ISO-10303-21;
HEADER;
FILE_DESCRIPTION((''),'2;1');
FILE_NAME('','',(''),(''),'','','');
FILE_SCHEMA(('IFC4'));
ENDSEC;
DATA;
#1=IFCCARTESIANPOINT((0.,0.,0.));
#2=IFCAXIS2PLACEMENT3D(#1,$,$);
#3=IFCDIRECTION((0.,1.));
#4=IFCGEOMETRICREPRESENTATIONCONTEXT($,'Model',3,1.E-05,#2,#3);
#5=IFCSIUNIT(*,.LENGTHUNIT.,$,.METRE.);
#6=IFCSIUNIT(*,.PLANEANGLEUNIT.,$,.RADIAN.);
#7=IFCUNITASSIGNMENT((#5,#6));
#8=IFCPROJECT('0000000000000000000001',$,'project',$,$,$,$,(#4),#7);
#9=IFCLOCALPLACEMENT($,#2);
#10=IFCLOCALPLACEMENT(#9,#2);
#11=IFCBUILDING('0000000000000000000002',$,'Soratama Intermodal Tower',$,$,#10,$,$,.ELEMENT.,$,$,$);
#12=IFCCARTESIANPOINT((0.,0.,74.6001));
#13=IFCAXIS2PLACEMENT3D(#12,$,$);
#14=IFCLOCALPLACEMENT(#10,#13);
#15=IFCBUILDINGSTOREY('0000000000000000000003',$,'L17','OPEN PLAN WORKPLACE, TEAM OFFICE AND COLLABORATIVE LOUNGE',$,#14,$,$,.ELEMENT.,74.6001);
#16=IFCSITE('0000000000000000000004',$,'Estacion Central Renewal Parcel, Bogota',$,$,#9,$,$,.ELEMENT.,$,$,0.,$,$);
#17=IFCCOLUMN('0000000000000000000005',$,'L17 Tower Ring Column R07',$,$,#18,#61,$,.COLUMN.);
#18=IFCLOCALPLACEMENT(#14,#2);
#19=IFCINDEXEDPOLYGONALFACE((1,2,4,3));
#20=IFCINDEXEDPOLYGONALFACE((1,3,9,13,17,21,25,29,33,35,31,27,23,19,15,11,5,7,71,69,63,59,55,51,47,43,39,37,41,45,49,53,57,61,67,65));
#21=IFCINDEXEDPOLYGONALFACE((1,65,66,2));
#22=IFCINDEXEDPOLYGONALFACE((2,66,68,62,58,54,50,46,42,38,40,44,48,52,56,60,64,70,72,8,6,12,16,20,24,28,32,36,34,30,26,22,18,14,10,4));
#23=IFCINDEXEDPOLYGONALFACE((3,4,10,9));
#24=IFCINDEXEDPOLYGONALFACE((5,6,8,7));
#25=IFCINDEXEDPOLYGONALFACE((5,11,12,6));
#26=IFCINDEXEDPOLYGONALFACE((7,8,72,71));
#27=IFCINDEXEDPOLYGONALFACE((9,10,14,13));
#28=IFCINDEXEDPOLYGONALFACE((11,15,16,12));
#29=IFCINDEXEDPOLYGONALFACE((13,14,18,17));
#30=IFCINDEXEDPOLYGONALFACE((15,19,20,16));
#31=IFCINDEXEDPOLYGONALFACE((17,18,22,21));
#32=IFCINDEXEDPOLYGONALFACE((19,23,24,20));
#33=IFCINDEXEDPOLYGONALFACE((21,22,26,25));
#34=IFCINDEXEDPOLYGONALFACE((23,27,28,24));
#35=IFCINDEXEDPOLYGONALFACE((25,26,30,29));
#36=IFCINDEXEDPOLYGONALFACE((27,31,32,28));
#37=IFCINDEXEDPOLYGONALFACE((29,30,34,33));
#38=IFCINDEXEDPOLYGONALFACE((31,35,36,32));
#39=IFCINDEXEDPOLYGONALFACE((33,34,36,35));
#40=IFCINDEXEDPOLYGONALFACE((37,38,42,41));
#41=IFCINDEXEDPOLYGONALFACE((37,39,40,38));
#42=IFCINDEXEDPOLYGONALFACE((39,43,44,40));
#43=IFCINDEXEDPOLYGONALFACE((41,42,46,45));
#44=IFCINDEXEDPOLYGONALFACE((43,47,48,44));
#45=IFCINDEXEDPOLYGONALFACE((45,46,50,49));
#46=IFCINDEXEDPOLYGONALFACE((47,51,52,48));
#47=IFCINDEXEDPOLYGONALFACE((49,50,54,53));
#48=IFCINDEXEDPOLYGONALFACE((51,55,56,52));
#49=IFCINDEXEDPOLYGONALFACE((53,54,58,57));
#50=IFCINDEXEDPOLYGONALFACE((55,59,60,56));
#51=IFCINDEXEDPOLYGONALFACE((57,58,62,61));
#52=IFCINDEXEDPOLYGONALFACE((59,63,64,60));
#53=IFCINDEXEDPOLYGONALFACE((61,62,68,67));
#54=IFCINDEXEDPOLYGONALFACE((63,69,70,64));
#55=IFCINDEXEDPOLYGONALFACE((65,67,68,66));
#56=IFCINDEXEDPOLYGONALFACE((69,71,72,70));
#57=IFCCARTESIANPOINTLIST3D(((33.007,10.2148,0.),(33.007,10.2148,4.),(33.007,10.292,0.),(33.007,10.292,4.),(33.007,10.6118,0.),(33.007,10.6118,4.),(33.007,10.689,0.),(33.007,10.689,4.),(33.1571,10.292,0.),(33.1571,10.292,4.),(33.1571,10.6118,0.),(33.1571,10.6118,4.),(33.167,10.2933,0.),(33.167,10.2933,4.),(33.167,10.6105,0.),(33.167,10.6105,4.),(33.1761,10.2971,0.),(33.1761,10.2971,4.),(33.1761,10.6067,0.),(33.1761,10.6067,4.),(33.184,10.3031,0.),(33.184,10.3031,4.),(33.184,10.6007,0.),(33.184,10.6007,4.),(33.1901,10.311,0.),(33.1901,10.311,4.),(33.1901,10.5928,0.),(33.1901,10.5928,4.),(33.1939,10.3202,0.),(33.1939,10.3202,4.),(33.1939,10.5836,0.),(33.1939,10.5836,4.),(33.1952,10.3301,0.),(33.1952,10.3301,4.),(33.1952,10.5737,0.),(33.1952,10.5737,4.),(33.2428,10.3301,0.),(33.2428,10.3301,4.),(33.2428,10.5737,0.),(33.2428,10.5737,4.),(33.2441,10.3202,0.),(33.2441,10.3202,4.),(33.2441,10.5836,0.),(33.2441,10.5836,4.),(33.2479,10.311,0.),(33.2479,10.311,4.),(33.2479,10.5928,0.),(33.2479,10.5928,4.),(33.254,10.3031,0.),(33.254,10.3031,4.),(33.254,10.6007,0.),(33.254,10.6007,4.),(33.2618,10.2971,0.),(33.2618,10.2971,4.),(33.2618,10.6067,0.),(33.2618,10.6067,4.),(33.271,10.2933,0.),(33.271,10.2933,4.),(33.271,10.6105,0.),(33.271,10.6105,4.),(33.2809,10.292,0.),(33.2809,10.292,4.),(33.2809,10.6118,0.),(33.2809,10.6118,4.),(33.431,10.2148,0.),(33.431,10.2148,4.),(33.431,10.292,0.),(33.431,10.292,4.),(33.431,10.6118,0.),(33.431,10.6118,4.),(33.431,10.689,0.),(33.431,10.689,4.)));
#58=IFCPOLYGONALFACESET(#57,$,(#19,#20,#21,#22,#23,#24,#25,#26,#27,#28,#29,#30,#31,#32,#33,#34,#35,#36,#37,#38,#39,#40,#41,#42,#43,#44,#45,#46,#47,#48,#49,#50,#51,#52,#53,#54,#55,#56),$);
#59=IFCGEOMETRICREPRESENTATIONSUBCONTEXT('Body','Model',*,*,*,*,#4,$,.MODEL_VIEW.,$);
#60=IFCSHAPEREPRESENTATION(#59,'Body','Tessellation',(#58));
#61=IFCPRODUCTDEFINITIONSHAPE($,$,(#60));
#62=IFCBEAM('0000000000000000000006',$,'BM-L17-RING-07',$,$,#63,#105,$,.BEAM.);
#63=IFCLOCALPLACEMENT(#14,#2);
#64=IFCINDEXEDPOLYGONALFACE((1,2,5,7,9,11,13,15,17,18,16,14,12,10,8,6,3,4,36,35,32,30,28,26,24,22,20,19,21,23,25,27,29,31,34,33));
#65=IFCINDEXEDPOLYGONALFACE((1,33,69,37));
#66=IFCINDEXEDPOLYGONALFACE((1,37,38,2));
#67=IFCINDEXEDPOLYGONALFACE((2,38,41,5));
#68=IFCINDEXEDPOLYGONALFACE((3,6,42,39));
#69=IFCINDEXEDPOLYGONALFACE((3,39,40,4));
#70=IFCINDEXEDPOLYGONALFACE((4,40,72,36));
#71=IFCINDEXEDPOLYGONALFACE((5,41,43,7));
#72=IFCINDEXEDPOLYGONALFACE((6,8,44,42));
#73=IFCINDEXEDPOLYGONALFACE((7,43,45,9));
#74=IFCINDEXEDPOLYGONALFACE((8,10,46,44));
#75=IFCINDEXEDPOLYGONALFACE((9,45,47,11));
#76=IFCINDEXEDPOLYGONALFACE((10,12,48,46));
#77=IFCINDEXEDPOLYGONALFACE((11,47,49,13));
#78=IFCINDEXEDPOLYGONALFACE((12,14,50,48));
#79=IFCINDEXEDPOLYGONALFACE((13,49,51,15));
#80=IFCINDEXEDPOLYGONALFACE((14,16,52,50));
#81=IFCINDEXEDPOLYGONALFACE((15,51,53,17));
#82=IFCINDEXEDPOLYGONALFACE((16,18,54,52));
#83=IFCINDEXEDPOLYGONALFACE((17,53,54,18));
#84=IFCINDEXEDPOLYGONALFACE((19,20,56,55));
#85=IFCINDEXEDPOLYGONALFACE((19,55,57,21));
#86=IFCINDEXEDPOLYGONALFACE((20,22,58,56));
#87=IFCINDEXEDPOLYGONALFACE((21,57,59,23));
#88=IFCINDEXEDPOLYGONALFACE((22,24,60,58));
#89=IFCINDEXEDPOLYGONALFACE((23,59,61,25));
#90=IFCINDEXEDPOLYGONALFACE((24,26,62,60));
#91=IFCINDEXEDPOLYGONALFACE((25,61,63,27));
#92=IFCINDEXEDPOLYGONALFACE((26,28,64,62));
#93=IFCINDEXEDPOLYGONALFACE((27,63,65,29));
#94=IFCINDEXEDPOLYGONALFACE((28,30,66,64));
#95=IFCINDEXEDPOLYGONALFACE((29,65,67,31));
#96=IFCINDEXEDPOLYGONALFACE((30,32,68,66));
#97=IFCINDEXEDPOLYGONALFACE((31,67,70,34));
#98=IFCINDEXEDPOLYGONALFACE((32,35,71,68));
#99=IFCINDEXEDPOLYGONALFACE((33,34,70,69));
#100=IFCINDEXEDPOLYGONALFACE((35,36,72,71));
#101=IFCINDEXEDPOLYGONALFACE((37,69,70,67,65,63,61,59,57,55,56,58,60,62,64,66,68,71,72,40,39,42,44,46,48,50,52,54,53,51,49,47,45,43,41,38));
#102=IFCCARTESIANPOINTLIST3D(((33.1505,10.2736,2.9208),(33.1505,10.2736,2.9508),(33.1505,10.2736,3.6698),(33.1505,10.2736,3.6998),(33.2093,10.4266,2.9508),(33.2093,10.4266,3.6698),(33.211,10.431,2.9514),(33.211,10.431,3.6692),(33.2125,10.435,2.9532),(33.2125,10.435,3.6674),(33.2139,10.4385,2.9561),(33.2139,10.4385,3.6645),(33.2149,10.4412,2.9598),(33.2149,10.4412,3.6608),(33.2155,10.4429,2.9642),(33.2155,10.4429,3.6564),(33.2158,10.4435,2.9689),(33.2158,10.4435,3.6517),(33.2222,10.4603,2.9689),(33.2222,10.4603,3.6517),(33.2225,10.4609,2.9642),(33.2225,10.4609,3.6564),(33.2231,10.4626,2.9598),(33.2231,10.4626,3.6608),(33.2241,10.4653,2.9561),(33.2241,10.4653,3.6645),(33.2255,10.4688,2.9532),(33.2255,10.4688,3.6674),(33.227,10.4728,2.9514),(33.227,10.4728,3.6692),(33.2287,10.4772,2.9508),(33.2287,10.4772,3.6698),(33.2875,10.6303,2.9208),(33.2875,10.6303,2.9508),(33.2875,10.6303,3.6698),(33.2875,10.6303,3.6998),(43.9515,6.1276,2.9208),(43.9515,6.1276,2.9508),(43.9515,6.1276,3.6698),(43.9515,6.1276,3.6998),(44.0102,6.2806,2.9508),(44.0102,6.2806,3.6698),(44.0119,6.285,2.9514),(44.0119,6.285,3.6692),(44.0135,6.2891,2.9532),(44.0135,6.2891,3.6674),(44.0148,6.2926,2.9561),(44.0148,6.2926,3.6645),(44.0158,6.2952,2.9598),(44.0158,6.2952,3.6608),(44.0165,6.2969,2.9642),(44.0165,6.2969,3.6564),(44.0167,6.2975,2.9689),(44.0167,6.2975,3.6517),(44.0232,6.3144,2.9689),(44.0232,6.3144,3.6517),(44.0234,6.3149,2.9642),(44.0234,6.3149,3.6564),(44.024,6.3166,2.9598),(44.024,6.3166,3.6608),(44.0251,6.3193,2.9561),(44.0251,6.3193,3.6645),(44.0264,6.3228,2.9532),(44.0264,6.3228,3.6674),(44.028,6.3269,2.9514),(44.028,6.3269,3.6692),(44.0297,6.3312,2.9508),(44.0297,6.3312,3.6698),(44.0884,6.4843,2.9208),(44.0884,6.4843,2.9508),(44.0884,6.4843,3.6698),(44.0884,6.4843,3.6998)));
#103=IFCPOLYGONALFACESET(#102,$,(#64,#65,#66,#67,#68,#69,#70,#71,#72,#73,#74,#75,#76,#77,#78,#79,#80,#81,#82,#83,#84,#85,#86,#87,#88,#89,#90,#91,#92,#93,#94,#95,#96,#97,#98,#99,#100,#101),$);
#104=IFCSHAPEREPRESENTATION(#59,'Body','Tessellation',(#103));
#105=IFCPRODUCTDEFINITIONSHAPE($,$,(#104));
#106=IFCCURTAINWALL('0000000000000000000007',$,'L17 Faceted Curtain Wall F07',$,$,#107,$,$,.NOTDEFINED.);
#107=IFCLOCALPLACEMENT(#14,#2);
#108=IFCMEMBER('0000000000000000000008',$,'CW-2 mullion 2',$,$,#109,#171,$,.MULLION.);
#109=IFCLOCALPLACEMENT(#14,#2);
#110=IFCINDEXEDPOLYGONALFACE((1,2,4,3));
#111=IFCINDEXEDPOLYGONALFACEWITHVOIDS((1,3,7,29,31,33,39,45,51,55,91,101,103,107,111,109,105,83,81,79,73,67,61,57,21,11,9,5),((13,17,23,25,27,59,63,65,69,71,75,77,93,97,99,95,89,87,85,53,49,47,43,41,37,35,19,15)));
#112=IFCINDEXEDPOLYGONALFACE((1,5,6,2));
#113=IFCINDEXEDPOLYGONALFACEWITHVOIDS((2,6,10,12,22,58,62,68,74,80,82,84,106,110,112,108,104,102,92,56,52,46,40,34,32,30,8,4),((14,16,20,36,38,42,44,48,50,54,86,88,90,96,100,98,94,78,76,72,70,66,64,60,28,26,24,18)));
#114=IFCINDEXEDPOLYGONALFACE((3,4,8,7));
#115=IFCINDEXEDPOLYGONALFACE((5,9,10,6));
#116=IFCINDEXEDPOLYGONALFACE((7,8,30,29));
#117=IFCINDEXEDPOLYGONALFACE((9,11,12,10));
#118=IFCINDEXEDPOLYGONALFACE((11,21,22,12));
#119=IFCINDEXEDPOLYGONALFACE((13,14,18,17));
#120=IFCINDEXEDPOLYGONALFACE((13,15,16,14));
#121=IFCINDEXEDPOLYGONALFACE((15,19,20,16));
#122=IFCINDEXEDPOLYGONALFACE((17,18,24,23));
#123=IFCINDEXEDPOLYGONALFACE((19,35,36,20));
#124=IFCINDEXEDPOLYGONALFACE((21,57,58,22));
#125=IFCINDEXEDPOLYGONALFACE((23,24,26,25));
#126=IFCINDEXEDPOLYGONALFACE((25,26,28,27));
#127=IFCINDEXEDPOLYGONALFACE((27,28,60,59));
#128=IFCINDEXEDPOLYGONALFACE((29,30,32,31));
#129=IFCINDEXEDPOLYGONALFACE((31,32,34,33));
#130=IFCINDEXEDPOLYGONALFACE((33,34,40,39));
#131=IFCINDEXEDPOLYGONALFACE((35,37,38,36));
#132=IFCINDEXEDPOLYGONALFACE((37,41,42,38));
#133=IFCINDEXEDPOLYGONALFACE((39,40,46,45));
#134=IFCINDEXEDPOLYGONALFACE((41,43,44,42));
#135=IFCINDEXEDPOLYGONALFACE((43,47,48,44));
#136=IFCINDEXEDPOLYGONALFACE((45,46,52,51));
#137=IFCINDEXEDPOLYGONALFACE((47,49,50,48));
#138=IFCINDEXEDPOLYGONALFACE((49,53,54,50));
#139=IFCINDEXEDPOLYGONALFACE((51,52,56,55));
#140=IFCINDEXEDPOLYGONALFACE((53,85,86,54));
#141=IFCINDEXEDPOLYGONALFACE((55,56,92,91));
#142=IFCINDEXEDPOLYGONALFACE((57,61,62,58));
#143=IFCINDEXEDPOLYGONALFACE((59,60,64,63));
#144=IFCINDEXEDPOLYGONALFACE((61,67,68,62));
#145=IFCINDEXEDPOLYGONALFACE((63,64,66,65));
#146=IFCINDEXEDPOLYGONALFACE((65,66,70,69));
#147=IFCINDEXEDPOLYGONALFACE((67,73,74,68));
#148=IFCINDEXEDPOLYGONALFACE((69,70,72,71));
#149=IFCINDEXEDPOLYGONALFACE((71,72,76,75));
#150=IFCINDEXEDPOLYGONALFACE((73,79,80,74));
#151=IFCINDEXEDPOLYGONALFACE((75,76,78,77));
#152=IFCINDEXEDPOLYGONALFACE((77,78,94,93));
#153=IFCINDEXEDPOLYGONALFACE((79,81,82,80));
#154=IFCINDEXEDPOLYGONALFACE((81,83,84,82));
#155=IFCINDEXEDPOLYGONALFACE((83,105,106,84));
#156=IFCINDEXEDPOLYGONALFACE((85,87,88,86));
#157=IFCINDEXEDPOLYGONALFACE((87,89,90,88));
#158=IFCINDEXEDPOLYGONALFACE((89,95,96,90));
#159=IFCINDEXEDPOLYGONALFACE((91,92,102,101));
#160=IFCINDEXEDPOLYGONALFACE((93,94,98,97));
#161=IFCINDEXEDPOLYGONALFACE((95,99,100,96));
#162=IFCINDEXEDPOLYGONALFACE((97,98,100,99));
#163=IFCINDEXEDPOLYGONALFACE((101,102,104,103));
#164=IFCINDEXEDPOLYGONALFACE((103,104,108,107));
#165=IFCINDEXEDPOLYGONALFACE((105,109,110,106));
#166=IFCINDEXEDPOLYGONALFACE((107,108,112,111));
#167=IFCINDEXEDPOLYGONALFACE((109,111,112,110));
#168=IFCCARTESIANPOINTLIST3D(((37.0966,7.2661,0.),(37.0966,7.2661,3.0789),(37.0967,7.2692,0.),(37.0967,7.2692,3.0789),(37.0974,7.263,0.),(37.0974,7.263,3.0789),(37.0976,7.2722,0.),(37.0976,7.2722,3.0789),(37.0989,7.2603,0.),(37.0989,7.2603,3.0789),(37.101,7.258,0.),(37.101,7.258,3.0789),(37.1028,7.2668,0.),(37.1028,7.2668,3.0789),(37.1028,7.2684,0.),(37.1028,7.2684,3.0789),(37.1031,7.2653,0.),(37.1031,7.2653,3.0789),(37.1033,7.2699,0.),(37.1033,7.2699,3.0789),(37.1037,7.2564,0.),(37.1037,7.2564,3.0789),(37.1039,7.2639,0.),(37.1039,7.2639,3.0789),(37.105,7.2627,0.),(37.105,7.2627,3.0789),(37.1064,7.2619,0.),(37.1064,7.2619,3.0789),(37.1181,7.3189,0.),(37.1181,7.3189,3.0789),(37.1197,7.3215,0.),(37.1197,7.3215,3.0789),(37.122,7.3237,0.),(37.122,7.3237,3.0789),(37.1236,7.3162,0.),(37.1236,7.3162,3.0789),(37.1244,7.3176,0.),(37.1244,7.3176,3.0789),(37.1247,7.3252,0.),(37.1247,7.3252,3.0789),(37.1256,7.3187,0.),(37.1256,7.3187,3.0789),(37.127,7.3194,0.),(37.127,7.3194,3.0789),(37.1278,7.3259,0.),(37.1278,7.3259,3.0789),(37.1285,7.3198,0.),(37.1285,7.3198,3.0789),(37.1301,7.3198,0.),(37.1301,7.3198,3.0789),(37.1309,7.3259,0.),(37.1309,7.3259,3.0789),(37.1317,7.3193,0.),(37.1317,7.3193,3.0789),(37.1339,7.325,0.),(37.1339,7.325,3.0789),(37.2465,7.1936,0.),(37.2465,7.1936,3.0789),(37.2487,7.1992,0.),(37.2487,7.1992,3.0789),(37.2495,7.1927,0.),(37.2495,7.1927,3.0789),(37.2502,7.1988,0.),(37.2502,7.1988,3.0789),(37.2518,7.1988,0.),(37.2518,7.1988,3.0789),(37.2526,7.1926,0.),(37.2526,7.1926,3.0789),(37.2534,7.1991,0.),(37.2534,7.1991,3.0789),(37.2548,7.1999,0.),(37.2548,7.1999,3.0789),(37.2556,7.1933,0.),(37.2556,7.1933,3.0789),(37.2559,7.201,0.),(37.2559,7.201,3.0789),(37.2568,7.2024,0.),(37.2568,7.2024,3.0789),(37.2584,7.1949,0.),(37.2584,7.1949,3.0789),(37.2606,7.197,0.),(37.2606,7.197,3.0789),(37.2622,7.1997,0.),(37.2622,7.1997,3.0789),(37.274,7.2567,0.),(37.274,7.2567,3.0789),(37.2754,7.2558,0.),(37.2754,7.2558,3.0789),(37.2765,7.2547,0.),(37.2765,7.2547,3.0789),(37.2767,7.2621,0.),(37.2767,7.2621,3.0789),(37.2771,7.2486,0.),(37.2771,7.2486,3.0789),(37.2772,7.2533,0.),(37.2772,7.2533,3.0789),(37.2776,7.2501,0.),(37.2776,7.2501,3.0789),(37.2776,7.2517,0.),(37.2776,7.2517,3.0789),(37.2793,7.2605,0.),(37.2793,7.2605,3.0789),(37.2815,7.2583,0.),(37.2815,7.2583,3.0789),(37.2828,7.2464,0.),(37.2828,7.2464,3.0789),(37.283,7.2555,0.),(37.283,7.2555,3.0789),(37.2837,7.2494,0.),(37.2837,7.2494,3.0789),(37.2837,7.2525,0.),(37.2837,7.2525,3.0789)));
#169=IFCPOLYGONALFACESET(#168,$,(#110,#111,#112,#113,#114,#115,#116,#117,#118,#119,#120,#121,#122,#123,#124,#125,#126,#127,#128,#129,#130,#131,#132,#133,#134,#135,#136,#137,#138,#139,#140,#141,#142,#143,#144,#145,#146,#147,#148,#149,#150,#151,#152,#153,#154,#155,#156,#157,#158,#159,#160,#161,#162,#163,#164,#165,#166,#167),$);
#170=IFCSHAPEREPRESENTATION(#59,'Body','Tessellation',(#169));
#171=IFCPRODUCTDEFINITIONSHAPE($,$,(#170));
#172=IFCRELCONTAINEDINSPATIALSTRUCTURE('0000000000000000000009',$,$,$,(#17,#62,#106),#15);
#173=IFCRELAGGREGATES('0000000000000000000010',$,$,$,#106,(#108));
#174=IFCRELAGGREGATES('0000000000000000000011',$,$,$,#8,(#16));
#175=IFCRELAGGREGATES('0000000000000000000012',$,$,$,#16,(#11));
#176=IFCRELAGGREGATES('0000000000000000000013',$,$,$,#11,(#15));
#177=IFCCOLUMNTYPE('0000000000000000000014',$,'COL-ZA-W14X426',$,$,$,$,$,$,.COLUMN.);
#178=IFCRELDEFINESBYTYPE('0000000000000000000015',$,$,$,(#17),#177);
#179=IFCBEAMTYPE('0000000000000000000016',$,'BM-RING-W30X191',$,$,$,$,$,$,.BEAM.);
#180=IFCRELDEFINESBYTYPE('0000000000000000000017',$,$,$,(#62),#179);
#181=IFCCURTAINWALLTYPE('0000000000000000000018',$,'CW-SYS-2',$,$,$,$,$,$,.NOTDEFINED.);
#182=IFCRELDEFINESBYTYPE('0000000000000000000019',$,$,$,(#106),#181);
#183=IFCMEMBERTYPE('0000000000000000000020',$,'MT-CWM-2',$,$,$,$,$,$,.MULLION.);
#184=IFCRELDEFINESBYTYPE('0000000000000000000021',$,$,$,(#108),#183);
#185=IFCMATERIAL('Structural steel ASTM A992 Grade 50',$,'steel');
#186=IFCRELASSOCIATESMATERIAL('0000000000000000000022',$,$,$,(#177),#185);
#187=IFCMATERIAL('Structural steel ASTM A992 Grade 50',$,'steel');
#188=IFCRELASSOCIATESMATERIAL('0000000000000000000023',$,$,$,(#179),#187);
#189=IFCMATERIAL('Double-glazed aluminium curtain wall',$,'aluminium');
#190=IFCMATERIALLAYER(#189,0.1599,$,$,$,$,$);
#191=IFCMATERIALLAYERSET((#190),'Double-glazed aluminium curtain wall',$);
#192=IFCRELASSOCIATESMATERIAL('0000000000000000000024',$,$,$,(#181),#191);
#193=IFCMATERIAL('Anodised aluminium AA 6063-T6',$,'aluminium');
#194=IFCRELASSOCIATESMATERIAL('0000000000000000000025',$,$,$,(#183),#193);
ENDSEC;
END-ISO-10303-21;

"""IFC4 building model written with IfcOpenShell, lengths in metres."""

from ifc_helpers import new_model, si_unit, direction, frame, origin, origin_2d, place, context, subcontext, project, spatial, hollow_rectangle, i_section, extrude, material, layer, layer_set, material_profile, profile_set, type_object, element, aggregate, save


model = new_model("IFC4")

# Units and contexts
model_context = context("Model", 3, precision=1e-05, world=origin(), true_north=direction((0.0, 1.0)))
body_context = subcontext(model_context, "Body", "Model", "MODEL_VIEW")
ifc_project = project(units=[si_unit("LENGTHUNIT", "METRE"), si_unit("PLANEANGLEUNIT", "RADIAN")], contexts=[model_context])

# Site, building, storey
site_placement = place(None, origin())
site = spatial("IfcSite", under=ifc_project, at=site_placement, Name="Estacion Central Renewal Parcel, Bogota", CompositionType="ELEMENT", RefElevation=0.0)
building_placement = place(site_placement, origin())
building = spatial("IfcBuilding", under=site, at=building_placement, Name="Soratama Intermodal Tower", CompositionType="ELEMENT")
storey_placement = place(building_placement, frame((0.0, 0.0, 74.6001)))
storey = spatial("IfcBuildingStorey", under=building, at=storey_placement, Name="L17", Description="OPEN PLAN WORKPLACE, TEAM OFFICE AND COLLABORATIVE LOUNGE", CompositionType="ELEMENT", Elevation=74.6001)

# Column
ifc_material_1 = material(Name="Structural steel ASTM A992 Grade 50", Category="steel")
ifc_material_profile_1 = material_profile(ifc_material_1, i_section(OverallWidth=0.4241, OverallDepth=0.4741, WebThickness=0.0476, FlangeThickness=0.0771, FilletRadius=0.0381, at=origin_2d()), Name="W14X426")
ifc_profile_set_1 = profile_set([ifc_material_profile_1], Name="Structural steel ASTM A992 Grade 50")
column_type = type_object("IfcColumnType", Name="COL-ZA-W14X426", PredefinedType="COLUMN", material=ifc_profile_set_1)
column_placement = place(storey_placement, frame((33.219, 10.4519, 0.0), z_axis=(0.0, 0.0, 1.0), x_axis=(1.0, 0.0, 0.0)))
element("IfcColumn", 1, at=column_placement, inside=storey, type_object=column_type, Name="L17 Tower Ring Column R07", PredefinedType="COLUMN", context=body_context, shape_type="SweptSolid", body=[
    extrude(i_section(OverallWidth=0.4241, OverallDepth=0.4741, WebThickness=0.0476, FlangeThickness=0.0771, FilletRadius=0.0381, at=origin_2d()), origin(), (0.0, 0.0, 1.0), 4.0),
])

# Beam
ifc_material_2 = material(Name="Structural steel ASTM A992 Grade 50", Category="steel")
ifc_material_profile_2 = material_profile(ifc_material_2, i_section(OverallWidth=0.3821, OverallDepth=0.7791, WebThickness=0.0181, FlangeThickness=0.03, FilletRadius=0.0181, at=origin_2d()), Name="W30X191")
ifc_profile_set_2 = profile_set([ifc_material_profile_2], Name="Structural steel ASTM A992 Grade 50")
beam_type = type_object("IfcBeamType", Name="BM-RING-W30X191", PredefinedType="BEAM", material=ifc_profile_set_2)
beam_placement = place(storey_placement, frame((33.219, 10.4519, 3.3103), z_axis=(0.933584, -0.358358, 0.0), x_axis=(0.358358, 0.933584, 0.0)))
element("IfcBeam", 2, at=beam_placement, inside=storey, type_object=beam_type, Name="BM-L17-RING-07", PredefinedType="BEAM", context=body_context, shape_type="SweptSolid", body=[
    extrude(i_section(OverallWidth=0.3821, OverallDepth=0.7791, WebThickness=0.0181, FlangeThickness=0.03, FilletRadius=0.0181, at=origin_2d()), origin(), (0.0, 0.0, 1.0), 11.5693),
])

# Curtain wall, member
ifc_material_3 = material(Name="Double-glazed aluminium curtain wall", Category="aluminium")
ifc_layer_1 = layer(ifc_material_3, 0.1599)
ifc_layer_set_1 = layer_set([ifc_layer_1], Name="Double-glazed aluminium curtain wall")
curtain_wall_type = type_object("IfcCurtainWallType", Name="CW-SYS-2", PredefinedType="NOTDEFINED", material=ifc_layer_set_1)
curtain_wall_placement = place(storey_placement, origin())
curtain_wall = element("IfcCurtainWall", 3, at=curtain_wall_placement, inside=storey, type_object=curtain_wall_type, Name="L17 Faceted Curtain Wall F07", PredefinedType="NOTDEFINED")
ifc_material_4 = material(Name="Anodised aluminium AA 6063-T6", Category="aluminium")
ifc_material_profile_3 = material_profile(ifc_material_4, hollow_rectangle(XDim=0.075, YDim=0.1799, WallThickness=0.0061, InnerFilletRadius=0.0061, OuterFilletRadius=0.012, at=origin_2d()), Name="CWM180X75X6")
ifc_profile_set_3 = profile_set([ifc_material_profile_3], Name="Anodised aluminium AA 6063-T6")
member_type_1 = type_object("IfcMemberType", Name="MT-CWM-2", PredefinedType="MULLION", material=ifc_profile_set_3)
member_1_placement = place(storey_placement, frame((37.1902, 7.2593, 0.0), z_axis=(0.0, 0.0, 1.0), x_axis=(0.402904, 0.915242, 0.0)))
member_1 = element("IfcMember", 4, at=member_1_placement, type_object=member_type_1, Name="CW-2 mullion 2", PredefinedType="MULLION", context=body_context, shape_type="SweptSolid", body=[
    extrude(hollow_rectangle(XDim=0.075, YDim=0.1799, WallThickness=0.0061, InnerFilletRadius=0.0061, OuterFilletRadius=0.012, at=origin_2d()), origin(), (0.0, 0.0, 1.0), 3.0789),
])
aggregate(curtain_wall, [member_1])

save(model, "model.ifc")
